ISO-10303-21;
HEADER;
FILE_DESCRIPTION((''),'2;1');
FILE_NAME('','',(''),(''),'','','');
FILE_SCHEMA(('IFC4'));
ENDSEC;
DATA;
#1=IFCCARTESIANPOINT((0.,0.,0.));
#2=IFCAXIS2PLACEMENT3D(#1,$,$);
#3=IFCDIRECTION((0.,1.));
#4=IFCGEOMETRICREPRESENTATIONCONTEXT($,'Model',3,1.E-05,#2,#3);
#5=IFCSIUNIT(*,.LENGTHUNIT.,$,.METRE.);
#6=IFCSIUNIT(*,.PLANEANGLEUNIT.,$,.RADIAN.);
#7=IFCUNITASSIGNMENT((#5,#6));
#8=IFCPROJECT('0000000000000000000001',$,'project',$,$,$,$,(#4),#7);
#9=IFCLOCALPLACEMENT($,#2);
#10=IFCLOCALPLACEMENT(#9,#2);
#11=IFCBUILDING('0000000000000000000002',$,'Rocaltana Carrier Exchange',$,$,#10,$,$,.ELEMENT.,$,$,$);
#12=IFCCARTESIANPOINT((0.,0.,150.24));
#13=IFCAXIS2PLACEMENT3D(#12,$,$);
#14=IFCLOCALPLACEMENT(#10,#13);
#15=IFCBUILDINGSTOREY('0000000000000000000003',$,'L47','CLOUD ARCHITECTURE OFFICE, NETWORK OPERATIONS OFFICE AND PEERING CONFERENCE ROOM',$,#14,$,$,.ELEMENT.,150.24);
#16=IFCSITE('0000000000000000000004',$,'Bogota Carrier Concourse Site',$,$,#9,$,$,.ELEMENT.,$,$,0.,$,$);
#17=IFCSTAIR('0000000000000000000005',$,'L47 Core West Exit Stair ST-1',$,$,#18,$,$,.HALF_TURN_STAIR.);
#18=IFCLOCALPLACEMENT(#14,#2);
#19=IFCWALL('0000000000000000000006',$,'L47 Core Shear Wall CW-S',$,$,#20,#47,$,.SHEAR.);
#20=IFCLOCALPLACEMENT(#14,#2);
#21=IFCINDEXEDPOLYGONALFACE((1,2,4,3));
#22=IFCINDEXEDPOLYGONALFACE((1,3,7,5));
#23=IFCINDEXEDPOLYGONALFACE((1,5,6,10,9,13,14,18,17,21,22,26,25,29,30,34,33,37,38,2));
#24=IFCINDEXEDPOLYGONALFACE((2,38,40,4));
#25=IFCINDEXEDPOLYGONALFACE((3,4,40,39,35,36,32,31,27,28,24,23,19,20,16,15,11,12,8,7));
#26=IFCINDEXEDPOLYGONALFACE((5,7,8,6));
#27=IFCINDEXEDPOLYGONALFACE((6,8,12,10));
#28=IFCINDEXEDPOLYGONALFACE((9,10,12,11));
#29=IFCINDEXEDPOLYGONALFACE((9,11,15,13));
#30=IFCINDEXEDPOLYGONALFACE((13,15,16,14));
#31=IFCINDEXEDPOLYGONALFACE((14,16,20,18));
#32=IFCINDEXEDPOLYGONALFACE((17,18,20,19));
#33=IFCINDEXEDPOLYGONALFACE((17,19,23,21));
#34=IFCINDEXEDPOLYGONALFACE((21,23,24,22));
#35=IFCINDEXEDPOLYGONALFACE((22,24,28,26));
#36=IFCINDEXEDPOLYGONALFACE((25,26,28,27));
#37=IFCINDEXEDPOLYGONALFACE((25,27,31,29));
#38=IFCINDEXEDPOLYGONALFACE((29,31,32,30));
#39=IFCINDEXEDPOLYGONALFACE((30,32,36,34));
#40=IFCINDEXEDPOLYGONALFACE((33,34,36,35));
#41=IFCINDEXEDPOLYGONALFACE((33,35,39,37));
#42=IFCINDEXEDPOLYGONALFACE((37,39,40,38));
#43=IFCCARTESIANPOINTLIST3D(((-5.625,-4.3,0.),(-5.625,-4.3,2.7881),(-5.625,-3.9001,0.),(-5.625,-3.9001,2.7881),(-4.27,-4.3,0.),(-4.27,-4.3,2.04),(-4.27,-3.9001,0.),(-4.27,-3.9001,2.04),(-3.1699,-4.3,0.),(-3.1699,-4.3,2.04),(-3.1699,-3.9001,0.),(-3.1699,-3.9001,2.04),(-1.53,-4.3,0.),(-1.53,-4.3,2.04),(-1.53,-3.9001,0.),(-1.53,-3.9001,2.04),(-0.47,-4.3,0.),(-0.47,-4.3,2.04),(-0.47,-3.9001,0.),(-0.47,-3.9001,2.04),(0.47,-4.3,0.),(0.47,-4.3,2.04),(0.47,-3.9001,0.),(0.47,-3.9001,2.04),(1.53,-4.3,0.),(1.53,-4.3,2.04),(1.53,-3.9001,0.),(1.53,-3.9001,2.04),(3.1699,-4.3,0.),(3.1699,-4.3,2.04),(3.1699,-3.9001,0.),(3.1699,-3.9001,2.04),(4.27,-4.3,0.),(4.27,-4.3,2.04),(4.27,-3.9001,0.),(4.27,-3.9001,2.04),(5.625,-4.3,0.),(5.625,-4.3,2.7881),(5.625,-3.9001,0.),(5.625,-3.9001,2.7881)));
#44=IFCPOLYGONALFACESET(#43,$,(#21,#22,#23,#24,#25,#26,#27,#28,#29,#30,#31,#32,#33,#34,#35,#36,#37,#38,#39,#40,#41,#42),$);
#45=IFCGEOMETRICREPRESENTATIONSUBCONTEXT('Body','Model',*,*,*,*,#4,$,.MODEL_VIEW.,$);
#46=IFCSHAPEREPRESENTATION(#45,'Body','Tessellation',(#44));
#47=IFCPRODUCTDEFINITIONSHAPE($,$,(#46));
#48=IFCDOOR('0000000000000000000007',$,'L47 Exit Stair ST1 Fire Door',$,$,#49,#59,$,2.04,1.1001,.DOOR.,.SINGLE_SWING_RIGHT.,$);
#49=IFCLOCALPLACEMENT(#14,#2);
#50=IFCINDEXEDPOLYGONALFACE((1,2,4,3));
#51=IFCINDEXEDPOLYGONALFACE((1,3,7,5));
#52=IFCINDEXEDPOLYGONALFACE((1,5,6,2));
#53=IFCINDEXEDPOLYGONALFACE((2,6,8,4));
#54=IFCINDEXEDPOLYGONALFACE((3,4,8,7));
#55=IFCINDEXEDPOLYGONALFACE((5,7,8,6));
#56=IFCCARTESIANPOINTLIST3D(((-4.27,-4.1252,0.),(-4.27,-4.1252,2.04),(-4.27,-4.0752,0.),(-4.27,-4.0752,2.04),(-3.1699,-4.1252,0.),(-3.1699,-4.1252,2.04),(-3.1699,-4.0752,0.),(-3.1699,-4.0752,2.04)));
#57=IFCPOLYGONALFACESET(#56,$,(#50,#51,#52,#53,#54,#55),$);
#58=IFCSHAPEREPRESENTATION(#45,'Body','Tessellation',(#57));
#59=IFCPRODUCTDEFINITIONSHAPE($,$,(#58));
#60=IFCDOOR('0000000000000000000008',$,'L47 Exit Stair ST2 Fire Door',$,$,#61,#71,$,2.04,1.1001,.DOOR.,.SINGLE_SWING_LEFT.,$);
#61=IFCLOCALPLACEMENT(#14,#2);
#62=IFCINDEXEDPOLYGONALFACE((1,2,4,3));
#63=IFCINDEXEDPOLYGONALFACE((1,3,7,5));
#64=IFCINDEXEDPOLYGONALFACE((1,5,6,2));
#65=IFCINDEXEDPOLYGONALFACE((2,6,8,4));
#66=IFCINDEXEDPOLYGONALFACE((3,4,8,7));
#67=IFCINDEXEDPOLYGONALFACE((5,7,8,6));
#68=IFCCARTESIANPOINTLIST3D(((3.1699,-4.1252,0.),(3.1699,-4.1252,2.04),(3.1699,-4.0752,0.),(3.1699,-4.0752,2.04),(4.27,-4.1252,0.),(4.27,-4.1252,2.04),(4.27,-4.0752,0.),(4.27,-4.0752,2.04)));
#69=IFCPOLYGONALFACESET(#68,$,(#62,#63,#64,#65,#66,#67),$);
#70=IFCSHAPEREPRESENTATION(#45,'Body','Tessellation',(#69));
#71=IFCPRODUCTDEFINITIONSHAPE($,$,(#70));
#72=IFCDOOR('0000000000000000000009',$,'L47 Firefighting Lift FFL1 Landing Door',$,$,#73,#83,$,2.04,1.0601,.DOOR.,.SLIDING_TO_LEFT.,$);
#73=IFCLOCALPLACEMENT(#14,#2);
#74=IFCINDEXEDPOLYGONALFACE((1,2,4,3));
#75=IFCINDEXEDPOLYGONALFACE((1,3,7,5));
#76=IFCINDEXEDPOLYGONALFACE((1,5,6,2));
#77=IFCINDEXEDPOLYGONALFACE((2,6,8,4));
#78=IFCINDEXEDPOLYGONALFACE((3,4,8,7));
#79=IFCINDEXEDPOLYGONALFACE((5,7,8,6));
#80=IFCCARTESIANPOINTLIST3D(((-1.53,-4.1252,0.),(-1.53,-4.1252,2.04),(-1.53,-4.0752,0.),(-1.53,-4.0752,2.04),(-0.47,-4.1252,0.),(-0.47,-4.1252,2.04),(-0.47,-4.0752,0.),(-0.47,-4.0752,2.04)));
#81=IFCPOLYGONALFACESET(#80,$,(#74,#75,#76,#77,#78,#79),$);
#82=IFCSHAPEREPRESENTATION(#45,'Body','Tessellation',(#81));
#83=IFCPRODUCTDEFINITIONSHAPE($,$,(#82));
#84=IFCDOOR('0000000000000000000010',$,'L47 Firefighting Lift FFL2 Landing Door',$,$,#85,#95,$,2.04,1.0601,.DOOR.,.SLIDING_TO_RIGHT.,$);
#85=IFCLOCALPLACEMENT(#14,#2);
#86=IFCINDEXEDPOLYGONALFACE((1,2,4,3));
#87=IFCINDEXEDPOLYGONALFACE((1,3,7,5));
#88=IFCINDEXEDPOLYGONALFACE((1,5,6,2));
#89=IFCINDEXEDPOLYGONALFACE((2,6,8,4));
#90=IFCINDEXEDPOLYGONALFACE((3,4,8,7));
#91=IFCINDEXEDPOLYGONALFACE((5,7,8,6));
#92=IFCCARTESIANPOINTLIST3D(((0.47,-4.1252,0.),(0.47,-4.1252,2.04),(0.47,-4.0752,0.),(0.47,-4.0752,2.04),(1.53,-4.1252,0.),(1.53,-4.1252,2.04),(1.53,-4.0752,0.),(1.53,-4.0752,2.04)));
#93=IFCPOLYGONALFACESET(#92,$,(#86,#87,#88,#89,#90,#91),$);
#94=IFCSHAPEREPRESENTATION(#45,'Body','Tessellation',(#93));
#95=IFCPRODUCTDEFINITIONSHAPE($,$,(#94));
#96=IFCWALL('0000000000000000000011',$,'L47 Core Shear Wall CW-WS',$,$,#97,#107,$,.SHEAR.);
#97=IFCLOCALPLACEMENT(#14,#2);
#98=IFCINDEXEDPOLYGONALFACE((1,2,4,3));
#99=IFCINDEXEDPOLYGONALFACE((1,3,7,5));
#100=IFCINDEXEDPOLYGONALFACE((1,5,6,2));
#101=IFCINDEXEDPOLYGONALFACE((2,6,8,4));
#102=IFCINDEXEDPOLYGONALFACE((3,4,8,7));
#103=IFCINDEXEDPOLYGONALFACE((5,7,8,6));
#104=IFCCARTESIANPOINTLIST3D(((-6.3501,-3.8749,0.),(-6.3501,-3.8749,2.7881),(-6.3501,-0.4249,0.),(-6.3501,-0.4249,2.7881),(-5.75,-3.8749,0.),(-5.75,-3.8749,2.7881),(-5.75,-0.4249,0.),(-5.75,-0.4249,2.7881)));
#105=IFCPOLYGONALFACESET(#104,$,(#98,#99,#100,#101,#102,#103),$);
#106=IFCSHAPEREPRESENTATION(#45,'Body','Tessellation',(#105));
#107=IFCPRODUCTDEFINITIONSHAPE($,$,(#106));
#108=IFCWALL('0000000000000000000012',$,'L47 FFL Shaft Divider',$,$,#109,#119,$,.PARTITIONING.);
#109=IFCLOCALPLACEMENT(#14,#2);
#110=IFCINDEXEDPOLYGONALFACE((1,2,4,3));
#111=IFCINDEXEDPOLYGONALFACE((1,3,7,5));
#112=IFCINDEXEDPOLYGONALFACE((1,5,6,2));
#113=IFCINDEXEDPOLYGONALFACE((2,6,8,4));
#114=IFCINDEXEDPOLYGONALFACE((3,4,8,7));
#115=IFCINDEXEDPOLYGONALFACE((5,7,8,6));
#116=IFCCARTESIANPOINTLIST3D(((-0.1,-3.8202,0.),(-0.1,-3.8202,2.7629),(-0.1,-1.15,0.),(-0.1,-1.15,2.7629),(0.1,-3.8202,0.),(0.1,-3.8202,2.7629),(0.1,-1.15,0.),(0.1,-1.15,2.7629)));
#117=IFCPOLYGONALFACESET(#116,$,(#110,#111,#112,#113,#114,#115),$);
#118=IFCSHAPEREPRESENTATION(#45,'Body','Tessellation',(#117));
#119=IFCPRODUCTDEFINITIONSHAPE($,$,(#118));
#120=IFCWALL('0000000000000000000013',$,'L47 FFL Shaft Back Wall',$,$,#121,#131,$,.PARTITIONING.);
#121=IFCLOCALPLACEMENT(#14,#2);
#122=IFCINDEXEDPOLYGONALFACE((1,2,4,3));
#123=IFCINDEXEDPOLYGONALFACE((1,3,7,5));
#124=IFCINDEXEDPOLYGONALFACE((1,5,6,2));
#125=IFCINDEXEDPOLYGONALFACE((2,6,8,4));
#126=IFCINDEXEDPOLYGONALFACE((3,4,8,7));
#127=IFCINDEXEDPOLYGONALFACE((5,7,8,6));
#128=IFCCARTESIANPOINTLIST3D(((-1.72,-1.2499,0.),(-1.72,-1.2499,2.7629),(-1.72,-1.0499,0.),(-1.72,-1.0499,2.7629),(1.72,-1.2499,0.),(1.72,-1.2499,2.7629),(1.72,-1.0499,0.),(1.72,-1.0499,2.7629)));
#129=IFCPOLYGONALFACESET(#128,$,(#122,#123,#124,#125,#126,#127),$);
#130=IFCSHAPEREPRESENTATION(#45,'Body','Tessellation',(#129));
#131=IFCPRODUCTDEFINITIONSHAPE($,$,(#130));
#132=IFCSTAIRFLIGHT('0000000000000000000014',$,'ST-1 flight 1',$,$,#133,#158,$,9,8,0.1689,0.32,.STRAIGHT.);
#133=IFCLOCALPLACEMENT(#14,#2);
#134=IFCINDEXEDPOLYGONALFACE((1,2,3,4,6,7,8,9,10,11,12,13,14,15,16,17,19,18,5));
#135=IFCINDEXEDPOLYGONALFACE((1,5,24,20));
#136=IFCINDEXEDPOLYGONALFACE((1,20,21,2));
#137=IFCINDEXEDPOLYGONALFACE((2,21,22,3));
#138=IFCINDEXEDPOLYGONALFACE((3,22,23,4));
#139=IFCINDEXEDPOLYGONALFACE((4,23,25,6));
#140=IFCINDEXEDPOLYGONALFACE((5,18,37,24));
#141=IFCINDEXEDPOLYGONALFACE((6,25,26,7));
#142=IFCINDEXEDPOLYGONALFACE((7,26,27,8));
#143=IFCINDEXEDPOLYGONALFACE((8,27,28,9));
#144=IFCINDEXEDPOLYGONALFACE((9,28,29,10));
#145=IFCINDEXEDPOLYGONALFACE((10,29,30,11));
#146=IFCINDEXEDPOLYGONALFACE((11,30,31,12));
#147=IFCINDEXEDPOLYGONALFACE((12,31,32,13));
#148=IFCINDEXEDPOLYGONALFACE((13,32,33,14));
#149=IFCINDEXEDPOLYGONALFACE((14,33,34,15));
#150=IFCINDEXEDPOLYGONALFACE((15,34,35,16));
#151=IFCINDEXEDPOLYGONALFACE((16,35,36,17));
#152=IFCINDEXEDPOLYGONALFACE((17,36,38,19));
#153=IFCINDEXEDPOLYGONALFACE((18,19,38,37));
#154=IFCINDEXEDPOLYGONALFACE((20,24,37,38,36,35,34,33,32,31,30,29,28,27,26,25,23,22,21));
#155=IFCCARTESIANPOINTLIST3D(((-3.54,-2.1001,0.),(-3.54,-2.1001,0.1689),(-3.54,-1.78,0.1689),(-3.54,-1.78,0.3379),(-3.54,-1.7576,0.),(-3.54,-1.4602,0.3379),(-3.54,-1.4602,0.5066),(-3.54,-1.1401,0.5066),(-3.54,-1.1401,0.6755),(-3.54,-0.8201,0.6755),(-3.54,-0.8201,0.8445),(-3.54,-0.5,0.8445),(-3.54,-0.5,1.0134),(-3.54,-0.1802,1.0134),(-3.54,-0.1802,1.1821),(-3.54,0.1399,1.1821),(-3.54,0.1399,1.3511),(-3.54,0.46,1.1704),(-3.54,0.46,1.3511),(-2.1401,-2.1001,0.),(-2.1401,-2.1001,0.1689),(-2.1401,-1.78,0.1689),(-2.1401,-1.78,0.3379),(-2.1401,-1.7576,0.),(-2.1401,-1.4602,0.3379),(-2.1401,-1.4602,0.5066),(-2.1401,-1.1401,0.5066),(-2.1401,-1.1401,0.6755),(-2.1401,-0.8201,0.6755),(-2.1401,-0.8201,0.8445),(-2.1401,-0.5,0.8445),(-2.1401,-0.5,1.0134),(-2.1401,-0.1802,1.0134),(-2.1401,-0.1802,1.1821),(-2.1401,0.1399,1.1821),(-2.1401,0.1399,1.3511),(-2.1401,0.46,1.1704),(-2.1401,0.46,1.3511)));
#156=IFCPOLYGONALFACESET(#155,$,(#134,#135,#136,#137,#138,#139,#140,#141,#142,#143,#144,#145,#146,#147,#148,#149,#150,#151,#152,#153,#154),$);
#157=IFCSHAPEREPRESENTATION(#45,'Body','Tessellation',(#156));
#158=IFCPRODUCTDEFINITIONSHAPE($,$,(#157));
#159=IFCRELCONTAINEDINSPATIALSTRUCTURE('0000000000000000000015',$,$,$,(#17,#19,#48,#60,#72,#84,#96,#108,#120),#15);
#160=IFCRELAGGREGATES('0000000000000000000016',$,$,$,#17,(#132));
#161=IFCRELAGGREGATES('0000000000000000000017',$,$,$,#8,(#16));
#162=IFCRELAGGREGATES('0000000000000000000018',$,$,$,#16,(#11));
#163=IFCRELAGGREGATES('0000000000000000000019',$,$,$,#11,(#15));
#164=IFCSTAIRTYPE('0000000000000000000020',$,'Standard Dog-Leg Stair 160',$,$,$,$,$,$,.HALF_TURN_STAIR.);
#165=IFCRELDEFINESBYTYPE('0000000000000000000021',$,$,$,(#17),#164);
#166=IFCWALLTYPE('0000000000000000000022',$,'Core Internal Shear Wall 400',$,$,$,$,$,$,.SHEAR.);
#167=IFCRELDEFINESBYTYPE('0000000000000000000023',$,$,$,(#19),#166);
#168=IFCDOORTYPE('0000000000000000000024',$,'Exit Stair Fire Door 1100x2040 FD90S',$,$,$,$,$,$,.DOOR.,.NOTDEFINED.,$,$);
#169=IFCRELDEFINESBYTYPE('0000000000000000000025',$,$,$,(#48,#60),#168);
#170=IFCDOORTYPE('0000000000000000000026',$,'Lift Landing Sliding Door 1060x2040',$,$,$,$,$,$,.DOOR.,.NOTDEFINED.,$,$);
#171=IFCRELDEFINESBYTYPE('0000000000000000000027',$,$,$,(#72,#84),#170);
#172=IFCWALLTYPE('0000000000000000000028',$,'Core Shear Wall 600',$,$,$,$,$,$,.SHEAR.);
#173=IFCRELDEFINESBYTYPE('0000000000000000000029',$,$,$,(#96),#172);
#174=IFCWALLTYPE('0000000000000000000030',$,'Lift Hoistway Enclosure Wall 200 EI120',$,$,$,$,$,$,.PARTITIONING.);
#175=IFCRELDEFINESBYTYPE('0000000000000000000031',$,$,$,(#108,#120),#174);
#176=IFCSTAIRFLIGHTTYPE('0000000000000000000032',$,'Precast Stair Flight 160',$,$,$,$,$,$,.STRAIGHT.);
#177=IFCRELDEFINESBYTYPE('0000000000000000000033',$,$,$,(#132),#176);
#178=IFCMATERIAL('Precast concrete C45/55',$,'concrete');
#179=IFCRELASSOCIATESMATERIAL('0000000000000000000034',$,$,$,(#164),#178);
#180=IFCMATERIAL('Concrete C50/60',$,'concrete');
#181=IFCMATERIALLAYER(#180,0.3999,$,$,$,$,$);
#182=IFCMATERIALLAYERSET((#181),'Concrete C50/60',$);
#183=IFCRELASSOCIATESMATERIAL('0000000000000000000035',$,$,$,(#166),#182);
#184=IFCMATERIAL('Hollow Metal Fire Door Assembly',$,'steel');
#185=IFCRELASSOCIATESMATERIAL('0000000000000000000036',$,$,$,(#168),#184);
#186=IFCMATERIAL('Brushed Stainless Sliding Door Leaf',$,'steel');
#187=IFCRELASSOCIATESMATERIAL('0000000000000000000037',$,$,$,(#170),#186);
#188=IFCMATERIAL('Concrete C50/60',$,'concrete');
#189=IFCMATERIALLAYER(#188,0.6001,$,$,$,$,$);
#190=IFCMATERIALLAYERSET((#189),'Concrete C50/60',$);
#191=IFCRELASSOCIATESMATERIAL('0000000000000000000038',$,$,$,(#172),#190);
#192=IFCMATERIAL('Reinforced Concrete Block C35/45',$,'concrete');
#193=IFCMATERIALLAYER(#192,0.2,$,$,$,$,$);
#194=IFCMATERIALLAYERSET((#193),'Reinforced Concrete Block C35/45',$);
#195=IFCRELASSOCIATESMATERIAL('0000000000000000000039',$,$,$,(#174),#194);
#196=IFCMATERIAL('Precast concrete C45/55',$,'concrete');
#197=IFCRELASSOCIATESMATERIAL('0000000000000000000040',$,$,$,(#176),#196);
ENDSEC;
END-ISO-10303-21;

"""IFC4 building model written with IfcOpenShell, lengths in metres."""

from ifc_helpers import new_model, si_unit, direction, frame, frame_2d, origin, place, context, subcontext, project, spatial, polyline, rectangle, outline, extrude, material, layer, layer_set, type_object, element, fill, aggregate, save


model = new_model("IFC4")

# Units and contexts
model_context = context("Model", 3, precision=1e-05, world=origin(), true_north=direction((0.0, 1.0)))
body_context = subcontext(model_context, "Body", "Model", "MODEL_VIEW")
ifc_project = project(units=[si_unit("LENGTHUNIT", "METRE"), si_unit("PLANEANGLEUNIT", "RADIAN")], contexts=[model_context])

# Site, building, storey
site_placement = place(None, origin())
site = spatial("IfcSite", under=ifc_project, at=site_placement, Name="Bogota Carrier Concourse Site", CompositionType="ELEMENT", RefElevation=0.0)
building_placement = place(site_placement, origin())
building = spatial("IfcBuilding", under=site, at=building_placement, Name="Rocaltana Carrier Exchange", CompositionType="ELEMENT")
storey_placement = place(building_placement, frame((0.0, 0.0, 150.24)))
storey = spatial("IfcBuildingStorey", under=building, at=storey_placement, Name="L47", Description="CLOUD ARCHITECTURE OFFICE, NETWORK OPERATIONS OFFICE AND PEERING CONFERENCE ROOM", CompositionType="ELEMENT", Elevation=150.24)

# Stair
ifc_material_1 = material(Name="Precast concrete C45/55", Category="concrete")
stair_type = type_object("IfcStairType", Name="Standard Dog-Leg Stair 160", PredefinedType="HALF_TURN_STAIR", material=ifc_material_1)
stair_placement = place(storey_placement, origin())
stair = element("IfcStair", 1, at=stair_placement, inside=storey, type_object=stair_type, Name="L47 Core West Exit Stair ST-1", PredefinedType="HALF_TURN_STAIR")

# Wall, openings, doors
ifc_material_2 = material(Name="Concrete C50/60", Category="concrete")
ifc_layer_1 = layer(ifc_material_2, 0.3999)
ifc_layer_set_1 = layer_set([ifc_layer_1], Name="Concrete C50/60")
wall_type_1 = type_object("IfcWallType", Name="Core Internal Shear Wall 400", PredefinedType="SHEAR", material=ifc_layer_set_1)
wall_1_placement = place(storey_placement, frame((-5.625, -4.1001, 0.0), z_axis=(0.0, 0.0, 1.0), x_axis=(1.0, 0.0, 0.0)))
wall_1 = element("IfcWall", 2, at=wall_1_placement, inside=storey, type_object=wall_type_1, Name="L47 Core Shear Wall CW-S", PredefinedType="SHEAR", context=body_context, shape_type="SweptSolid", body=[
    extrude(rectangle(XDim=11.25, YDim=0.3999, at=frame_2d((5.625, 0.0))), origin(), (0.0, 0.0, 1.0), 2.7881),
])
opening_1_placement = place(wall_1_placement, frame((1.355, 0.0, 0.0)))
opening_1 = element("IfcOpeningElement", 3, at=opening_1_placement, cuts=wall_1, PredefinedType="OPENING", context=body_context, shape_type="SweptSolid", body=[
    extrude(rectangle(XDim=1.1001, YDim=2.04, at=frame_2d((0.55, 1.02))), frame((0.0, 0.21, 0.0), z_axis=(0.0, -1.0, 0.0), x_axis=(1.0, 0.0, 0.0)), (0.0, 0.0, 1.0), 0.4199),
])
opening_2_placement = place(wall_1_placement, frame((8.7949, 0.0, 0.0)))
opening_2 = element("IfcOpeningElement", 4, at=opening_2_placement, cuts=wall_1, PredefinedType="OPENING", context=body_context, shape_type="SweptSolid", body=[
    extrude(rectangle(XDim=1.1001, YDim=2.04, at=frame_2d((0.55, 1.02))), frame((0.0, 0.21, 0.0), z_axis=(0.0, -1.0, 0.0), x_axis=(1.0, 0.0, 0.0)), (0.0, 0.0, 1.0), 0.4199),
])
opening_3_placement = place(wall_1_placement, frame((4.095, 0.0, 0.0)))
opening_3 = element("IfcOpeningElement", 5, at=opening_3_placement, cuts=wall_1, PredefinedType="OPENING", context=body_context, shape_type="SweptSolid", body=[
    extrude(rectangle(XDim=1.0601, YDim=2.04, at=frame_2d((0.53, 1.02))), frame((0.0, 0.21, 0.0), z_axis=(0.0, -1.0, 0.0), x_axis=(1.0, 0.0, 0.0)), (0.0, 0.0, 1.0), 0.4199),
])
opening_4_placement = place(wall_1_placement, frame((6.095, 0.0, 0.0)))
opening_4 = element("IfcOpeningElement", 6, at=opening_4_placement, cuts=wall_1, PredefinedType="OPENING", context=body_context, shape_type="SweptSolid", body=[
    extrude(rectangle(XDim=1.0601, YDim=2.04, at=frame_2d((0.53, 1.02))), frame((0.0, 0.21, 0.0), z_axis=(0.0, -1.0, 0.0), x_axis=(1.0, 0.0, 0.0)), (0.0, 0.0, 1.0), 0.4199),
])
ifc_material_3 = material(Name="Hollow Metal Fire Door Assembly", Category="steel")
door_type_1 = type_object("IfcDoorType", Name="Exit Stair Fire Door 1100x2040 FD90S", OperationType="NOTDEFINED", PredefinedType="DOOR", material=ifc_material_3)
door_1_placement = place(opening_1_placement, origin())
door_1 = element("IfcDoor", 7, at=door_1_placement, inside=storey, type_object=door_type_1, Name="L47 Exit Stair ST1 Fire Door", OperationType="SINGLE_SWING_RIGHT", OverallHeight=2.04, OverallWidth=1.1001, PredefinedType="DOOR", context=body_context, shape_type="SweptSolid", body=[
    extrude(rectangle(XDim=1.1001, YDim=2.04, at=frame_2d((0.55, 1.02))), frame((0.0, 0.0249, 0.0), z_axis=(0.0, -1.0, 0.0), x_axis=(1.0, 0.0, 0.0)), (0.0, 0.0, 1.0), 0.05),
])
fill(opening_1, door_1)
door_2_placement = place(opening_2_placement, origin())
door_2 = element("IfcDoor", 8, at=door_2_placement, inside=storey, type_object=door_type_1, Name="L47 Exit Stair ST2 Fire Door", OperationType="SINGLE_SWING_LEFT", OverallHeight=2.04, OverallWidth=1.1001, PredefinedType="DOOR", context=body_context, shape_type="SweptSolid", body=[
    extrude(rectangle(XDim=1.1001, YDim=2.04, at=frame_2d((0.55, 1.02))), frame((0.0, 0.0249, 0.0), z_axis=(0.0, -1.0, 0.0), x_axis=(1.0, 0.0, 0.0)), (0.0, 0.0, 1.0), 0.05),
])
fill(opening_2, door_2)
ifc_material_4 = material(Name="Brushed Stainless Sliding Door Leaf", Category="steel")
door_type_2 = type_object("IfcDoorType", Name="Lift Landing Sliding Door 1060x2040", OperationType="NOTDEFINED", PredefinedType="DOOR", material=ifc_material_4)
door_3_placement = place(opening_3_placement, origin())
door_3 = element("IfcDoor", 9, at=door_3_placement, inside=storey, type_object=door_type_2, Name="L47 Firefighting Lift FFL1 Landing Door", OperationType="SLIDING_TO_LEFT", OverallHeight=2.04, OverallWidth=1.0601, PredefinedType="DOOR", context=body_context, shape_type="SweptSolid", body=[
    extrude(rectangle(XDim=1.0601, YDim=2.04, at=frame_2d((0.53, 1.02))), frame((0.0, 0.0249, 0.0), z_axis=(0.0, -1.0, 0.0), x_axis=(1.0, 0.0, 0.0)), (0.0, 0.0, 1.0), 0.05),
])
fill(opening_3, door_3)
door_4_placement = place(opening_4_placement, origin())
door_4 = element("IfcDoor", 10, at=door_4_placement, inside=storey, type_object=door_type_2, Name="L47 Firefighting Lift FFL2 Landing Door", OperationType="SLIDING_TO_RIGHT", OverallHeight=2.04, OverallWidth=1.0601, PredefinedType="DOOR", context=body_context, shape_type="SweptSolid", body=[
    extrude(rectangle(XDim=1.0601, YDim=2.04, at=frame_2d((0.53, 1.02))), frame((0.0, 0.0249, 0.0), z_axis=(0.0, -1.0, 0.0), x_axis=(1.0, 0.0, 0.0)), (0.0, 0.0, 1.0), 0.05),
])
fill(opening_4, door_4)

# Walls
ifc_material_5 = material(Name="Concrete C50/60", Category="concrete")
ifc_layer_2 = layer(ifc_material_5, 0.6001)
ifc_layer_set_2 = layer_set([ifc_layer_2], Name="Concrete C50/60")
wall_type_2 = type_object("IfcWallType", Name="Core Shear Wall 600", PredefinedType="SHEAR", material=ifc_layer_set_2)
wall_2_placement = place(storey_placement, frame((-6.05, -3.875, 0.0), z_axis=(0.0, 0.0, 1.0), x_axis=(0.0, 1.0, 0.0)))
element("IfcWall", 11, at=wall_2_placement, inside=storey, type_object=wall_type_2, Name="L47 Core Shear Wall CW-WS", PredefinedType="SHEAR", context=body_context, shape_type="SweptSolid", body=[
    extrude(rectangle(XDim=3.45, YDim=0.6001, at=frame_2d((1.7251, 0.0))), origin(), (0.0, 0.0, 1.0), 2.7881),
])
ifc_material_6 = material(Name="Reinforced Concrete Block C35/45", Category="concrete")
ifc_layer_3 = layer(ifc_material_6, 0.2)
ifc_layer_set_3 = layer_set([ifc_layer_3], Name="Reinforced Concrete Block C35/45")
wall_type_3 = type_object("IfcWallType", Name="Lift Hoistway Enclosure Wall 200 EI120", PredefinedType="PARTITIONING", material=ifc_layer_set_3)
wall_3_placement = place(storey_placement, frame((0.0, -3.8201, 0.0), z_axis=(0.0, 0.0, 1.0), x_axis=(0.0, 1.0, 0.0)))
element("IfcWall", 12, at=wall_3_placement, inside=storey, type_object=wall_type_3, Name="L47 FFL Shaft Divider", PredefinedType="PARTITIONING", context=body_context, shape_type="SweptSolid", body=[
    extrude(rectangle(XDim=2.6702, YDim=0.2, at=frame_2d((1.335, 0.0))), origin(), (0.0, 0.0, 1.0), 2.7629),
])
wall_4_placement = place(storey_placement, frame((-1.72, -1.1499, 0.0), z_axis=(0.0, 0.0, 1.0), x_axis=(1.0, 0.0, 0.0)))
element("IfcWall", 13, at=wall_4_placement, inside=storey, type_object=wall_type_3, Name="L47 FFL Shaft Back Wall", PredefinedType="PARTITIONING", context=body_context, shape_type="SweptSolid", body=[
    extrude(rectangle(XDim=3.4399, YDim=0.2, at=frame_2d((1.72, 0.0))), origin(), (0.0, 0.0, 1.0), 2.7629),
])

# Stair flight
ifc_material_7 = material(Name="Precast concrete C45/55", Category="concrete")
stair_flight_type = type_object("IfcStairFlightType", Name="Precast Stair Flight 160", PredefinedType="STRAIGHT", material=ifc_material_7)
stair_flight_placement = place(storey_placement, frame((-2.8401, -2.1001, 0.0), z_axis=(0.0, 0.0, 1.0), x_axis=(0.0, 1.0, 0.0)))
stair_flight = element("IfcStairFlight", 14, at=stair_flight_placement, type_object=stair_flight_type, Name="ST-1 flight 1", NumberOfRisers=9, NumberOfTreads=8, PredefinedType="STRAIGHT", RiserHeight=0.1689, TreadLength=0.32, context=body_context, shape_type="SweptSolid", body=[
    extrude(outline(polyline([(0.0, 0.0), (0.0, 0.1689), (0.3201, 0.1689), (0.3201, 0.3379), (0.6399, 0.3379), (0.6399, 0.5066), (0.96, 0.5066), (0.96, 0.6755), (1.28, 0.6755), (1.28, 0.8445), (1.6001, 0.8445), (1.6001, 1.0134), (1.9199, 1.0134), (1.9199, 1.1821), (2.24, 1.1821), (2.24, 1.3511), (2.5601, 1.3511), (2.5601, 1.52), (2.5601, 1.1704), (0.3425, 0.0), (0.0, 0.0)])), frame((0.0, 0.7, 0.0), z_axis=(0.0, -1.0, 0.0), x_axis=(1.0, 0.0, 0.0)), (0.0, 0.0, 1.0), 1.3999),
])
aggregate(stair, [stair_flight])

save(model, "model.ifc")
